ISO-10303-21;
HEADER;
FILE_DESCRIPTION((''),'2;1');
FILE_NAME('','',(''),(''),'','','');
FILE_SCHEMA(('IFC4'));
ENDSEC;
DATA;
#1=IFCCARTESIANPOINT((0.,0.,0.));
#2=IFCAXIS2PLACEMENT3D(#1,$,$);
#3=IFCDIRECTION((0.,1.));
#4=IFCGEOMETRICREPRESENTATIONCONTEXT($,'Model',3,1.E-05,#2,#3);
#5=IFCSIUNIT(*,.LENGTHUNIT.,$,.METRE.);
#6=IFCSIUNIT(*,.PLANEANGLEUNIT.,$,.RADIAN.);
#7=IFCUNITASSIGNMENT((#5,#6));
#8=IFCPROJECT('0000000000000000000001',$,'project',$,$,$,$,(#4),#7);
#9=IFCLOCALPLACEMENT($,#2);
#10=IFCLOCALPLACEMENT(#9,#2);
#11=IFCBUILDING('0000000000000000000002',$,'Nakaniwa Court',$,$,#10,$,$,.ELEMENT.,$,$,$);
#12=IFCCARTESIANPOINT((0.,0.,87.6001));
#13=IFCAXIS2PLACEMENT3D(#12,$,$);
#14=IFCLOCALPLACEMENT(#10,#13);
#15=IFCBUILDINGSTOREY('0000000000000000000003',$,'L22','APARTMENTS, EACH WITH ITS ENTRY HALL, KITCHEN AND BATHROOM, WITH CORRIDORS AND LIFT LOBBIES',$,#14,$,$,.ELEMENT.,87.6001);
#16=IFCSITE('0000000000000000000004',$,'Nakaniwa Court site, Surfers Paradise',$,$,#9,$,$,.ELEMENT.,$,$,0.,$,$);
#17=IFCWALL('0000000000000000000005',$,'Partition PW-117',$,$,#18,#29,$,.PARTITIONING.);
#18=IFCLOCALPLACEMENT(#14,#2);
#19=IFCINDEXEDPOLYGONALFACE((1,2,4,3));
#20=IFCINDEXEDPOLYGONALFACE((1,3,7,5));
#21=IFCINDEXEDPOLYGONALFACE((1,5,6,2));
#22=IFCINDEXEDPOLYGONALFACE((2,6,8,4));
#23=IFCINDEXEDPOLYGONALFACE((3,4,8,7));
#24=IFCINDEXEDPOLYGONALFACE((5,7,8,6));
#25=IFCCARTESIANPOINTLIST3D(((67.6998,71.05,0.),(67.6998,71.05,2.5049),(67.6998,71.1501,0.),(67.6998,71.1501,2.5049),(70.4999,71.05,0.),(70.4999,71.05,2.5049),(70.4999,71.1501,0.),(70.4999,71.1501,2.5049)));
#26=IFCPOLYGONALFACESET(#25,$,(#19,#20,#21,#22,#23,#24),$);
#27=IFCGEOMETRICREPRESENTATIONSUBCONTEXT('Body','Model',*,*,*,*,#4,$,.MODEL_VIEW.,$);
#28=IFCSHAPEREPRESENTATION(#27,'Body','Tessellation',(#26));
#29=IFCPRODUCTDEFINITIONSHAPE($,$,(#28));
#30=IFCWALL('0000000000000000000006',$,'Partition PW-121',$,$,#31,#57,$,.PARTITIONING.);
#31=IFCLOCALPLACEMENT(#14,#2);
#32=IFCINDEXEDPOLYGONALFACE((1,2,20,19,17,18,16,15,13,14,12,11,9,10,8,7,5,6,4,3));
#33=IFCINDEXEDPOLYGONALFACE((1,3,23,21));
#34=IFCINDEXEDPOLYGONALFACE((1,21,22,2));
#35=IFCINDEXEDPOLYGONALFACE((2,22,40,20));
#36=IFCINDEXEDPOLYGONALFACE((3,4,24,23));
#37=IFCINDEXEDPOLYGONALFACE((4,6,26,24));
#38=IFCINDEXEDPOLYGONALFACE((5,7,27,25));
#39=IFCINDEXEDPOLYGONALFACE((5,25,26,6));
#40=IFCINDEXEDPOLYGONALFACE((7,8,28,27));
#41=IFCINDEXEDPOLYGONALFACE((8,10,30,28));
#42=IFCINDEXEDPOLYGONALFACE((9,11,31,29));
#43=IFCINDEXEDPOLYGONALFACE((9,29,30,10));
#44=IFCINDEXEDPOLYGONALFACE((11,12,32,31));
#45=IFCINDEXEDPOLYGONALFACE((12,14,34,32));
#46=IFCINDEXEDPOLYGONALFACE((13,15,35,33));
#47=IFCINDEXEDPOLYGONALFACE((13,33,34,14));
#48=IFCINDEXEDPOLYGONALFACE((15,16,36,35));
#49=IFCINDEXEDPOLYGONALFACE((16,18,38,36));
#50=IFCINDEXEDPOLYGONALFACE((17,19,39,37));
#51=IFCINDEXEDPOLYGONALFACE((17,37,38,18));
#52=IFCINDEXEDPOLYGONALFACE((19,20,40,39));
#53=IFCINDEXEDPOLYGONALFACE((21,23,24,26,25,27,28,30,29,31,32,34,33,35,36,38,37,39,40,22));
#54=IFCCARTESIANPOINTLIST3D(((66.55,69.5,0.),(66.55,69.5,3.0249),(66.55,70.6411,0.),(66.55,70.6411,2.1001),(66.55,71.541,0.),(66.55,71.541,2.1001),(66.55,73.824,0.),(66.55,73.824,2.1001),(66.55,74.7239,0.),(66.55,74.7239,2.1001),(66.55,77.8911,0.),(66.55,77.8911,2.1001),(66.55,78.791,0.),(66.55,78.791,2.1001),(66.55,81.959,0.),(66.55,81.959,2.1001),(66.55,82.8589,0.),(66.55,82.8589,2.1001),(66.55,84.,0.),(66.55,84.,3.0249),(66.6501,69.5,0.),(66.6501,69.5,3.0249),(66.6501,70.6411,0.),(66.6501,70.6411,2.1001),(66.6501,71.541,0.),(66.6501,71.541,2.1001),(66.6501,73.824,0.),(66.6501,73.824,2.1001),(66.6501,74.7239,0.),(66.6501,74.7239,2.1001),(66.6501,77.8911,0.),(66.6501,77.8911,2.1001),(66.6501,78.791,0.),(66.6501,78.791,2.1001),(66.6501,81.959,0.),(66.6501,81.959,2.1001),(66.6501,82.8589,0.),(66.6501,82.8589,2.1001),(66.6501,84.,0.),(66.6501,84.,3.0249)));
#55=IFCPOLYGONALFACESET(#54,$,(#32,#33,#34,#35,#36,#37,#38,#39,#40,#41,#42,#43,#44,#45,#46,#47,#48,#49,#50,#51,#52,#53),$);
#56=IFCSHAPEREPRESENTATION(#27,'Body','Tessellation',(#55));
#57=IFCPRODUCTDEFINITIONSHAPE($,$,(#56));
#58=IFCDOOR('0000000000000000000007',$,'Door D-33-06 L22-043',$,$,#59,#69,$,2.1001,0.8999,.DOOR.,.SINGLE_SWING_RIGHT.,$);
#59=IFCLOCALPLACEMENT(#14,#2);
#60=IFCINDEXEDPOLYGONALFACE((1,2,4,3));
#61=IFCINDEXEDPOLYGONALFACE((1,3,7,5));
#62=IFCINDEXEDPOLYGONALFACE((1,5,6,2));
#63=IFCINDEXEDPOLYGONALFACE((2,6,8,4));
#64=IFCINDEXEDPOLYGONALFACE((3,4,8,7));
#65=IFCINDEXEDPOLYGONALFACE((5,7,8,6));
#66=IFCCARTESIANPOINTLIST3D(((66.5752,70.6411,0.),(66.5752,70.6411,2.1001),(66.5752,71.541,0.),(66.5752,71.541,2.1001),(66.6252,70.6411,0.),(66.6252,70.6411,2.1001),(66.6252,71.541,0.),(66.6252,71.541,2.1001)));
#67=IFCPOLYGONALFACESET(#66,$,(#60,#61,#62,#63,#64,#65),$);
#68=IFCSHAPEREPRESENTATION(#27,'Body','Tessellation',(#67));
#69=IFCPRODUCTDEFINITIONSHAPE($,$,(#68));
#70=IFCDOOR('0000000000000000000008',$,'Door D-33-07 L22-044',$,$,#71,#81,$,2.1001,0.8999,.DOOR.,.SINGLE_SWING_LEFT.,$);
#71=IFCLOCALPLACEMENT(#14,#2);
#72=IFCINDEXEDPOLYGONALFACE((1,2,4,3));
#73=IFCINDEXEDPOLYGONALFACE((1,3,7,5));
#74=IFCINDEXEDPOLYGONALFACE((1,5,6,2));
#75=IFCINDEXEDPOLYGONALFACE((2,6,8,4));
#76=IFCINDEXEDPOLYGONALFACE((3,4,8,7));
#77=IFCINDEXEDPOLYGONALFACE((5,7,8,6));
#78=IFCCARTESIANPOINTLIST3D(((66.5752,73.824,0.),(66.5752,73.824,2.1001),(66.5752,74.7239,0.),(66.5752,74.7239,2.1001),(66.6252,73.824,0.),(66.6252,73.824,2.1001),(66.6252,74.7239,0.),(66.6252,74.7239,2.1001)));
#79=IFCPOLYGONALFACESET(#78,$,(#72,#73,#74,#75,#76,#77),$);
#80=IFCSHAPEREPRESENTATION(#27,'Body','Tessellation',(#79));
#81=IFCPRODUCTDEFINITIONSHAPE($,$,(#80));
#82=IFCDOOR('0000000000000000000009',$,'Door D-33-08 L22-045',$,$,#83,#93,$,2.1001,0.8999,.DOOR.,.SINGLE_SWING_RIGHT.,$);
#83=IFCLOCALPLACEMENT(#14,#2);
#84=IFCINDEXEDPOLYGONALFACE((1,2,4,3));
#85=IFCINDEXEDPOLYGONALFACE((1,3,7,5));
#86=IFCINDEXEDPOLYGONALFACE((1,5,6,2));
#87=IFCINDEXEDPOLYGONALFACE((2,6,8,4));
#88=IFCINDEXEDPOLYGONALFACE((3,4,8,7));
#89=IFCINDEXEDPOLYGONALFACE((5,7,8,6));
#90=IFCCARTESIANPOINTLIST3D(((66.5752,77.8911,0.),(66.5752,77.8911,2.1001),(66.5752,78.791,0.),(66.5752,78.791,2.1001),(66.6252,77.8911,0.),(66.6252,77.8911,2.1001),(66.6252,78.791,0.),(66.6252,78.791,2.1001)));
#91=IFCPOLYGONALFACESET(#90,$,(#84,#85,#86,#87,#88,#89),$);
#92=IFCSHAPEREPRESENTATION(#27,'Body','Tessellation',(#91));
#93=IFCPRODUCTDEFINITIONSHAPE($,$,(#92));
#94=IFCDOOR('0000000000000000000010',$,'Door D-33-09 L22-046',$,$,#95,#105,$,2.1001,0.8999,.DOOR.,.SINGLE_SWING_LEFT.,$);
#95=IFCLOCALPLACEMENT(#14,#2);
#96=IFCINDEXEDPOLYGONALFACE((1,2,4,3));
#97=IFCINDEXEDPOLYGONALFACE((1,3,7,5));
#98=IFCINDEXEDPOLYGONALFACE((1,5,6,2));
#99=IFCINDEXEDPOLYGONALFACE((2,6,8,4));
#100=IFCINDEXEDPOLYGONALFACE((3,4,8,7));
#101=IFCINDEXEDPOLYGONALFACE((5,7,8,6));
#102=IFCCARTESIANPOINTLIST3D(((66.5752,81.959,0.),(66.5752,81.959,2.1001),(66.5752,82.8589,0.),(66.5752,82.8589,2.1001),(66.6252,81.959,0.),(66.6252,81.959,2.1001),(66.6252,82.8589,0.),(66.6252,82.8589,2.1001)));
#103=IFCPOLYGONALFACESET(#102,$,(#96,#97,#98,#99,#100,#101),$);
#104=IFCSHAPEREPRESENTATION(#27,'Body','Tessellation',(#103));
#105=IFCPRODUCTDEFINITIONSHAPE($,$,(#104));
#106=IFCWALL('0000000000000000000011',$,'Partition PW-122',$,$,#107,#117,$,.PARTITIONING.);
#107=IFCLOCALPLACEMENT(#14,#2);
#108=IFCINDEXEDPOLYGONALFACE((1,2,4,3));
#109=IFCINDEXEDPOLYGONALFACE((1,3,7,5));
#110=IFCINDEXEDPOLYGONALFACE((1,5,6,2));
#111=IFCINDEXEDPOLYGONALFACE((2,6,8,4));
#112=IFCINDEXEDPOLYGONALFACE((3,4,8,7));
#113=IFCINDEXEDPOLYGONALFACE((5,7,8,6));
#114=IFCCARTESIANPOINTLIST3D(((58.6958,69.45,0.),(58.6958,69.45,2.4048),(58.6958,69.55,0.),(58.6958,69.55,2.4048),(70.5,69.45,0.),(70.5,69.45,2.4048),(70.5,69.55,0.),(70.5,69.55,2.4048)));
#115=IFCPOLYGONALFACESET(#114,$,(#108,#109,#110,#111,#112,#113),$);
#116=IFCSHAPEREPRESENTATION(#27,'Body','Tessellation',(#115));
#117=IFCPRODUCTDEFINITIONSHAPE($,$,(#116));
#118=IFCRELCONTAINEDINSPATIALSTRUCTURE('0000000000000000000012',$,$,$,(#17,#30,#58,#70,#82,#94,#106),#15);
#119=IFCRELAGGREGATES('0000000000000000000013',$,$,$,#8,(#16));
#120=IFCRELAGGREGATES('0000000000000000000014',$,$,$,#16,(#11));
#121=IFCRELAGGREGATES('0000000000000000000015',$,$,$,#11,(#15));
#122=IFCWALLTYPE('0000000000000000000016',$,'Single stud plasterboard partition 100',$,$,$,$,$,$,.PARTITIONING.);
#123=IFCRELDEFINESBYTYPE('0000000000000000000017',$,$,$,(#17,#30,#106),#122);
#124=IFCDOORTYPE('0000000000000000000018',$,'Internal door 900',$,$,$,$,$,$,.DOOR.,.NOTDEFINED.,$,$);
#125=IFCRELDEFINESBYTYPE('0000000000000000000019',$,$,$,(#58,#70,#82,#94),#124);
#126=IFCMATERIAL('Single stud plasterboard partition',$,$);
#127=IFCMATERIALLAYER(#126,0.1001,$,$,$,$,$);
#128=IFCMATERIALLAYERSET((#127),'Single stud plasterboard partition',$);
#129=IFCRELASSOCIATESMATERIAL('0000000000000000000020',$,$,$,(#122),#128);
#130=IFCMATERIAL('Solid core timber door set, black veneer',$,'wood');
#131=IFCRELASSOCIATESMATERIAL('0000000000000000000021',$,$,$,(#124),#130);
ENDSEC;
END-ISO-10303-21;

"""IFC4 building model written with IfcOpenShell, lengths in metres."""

from ifc_helpers import new_model, si_unit, direction, frame, frame_2d, origin, place, context, subcontext, project, spatial, rectangle, extrude, material, layer, layer_set, type_object, element, fill, save


model = new_model("IFC4")

# Units and contexts
model_context = context("Model", 3, precision=1e-05, world=origin(), true_north=direction((0.0, 1.0)))
body_context = subcontext(model_context, "Body", "Model", "MODEL_VIEW")
ifc_project = project(units=[si_unit("LENGTHUNIT", "METRE"), si_unit("PLANEANGLEUNIT", "RADIAN")], contexts=[model_context])

# Site, building, storey
site_placement = place(None, origin())
site = spatial("IfcSite", under=ifc_project, at=site_placement, Name="Nakaniwa Court site, Surfers Paradise", CompositionType="ELEMENT", RefElevation=0.0)
building_placement = place(site_placement, origin())
building = spatial("IfcBuilding", under=site, at=building_placement, Name="Nakaniwa Court", CompositionType="ELEMENT")
storey_placement = place(building_placement, frame((0.0, 0.0, 87.6001)))
storey = spatial("IfcBuildingStorey", under=building, at=storey_placement, Name="L22", Description="APARTMENTS, EACH WITH ITS ENTRY HALL, KITCHEN AND BATHROOM, WITH CORRIDORS AND LIFT LOBBIES", CompositionType="ELEMENT", Elevation=87.6001)

# Shared definitions
ifc_material_1 = material(Name="Solid core timber door set, black veneer", Category="wood")

# Wall
ifc_material_2 = material(Name="Single stud plasterboard partition")
ifc_layer_1 = layer(ifc_material_2, 0.1001)
ifc_layer_set_1 = layer_set([ifc_layer_1], Name="Single stud plasterboard partition")
wall_type_1 = type_object("IfcWallType", Name="Single stud plasterboard partition 100", PredefinedType="PARTITIONING", material=ifc_layer_set_1)
wall_1_placement = place(storey_placement, frame((67.7, 71.1001, 0.0), z_axis=(0.0, 0.0, 1.0), x_axis=(1.0, 0.0, 0.0)))
element("IfcWall", 1, at=wall_1_placement, inside=storey, type_object=wall_type_1, Name="Partition PW-117", PredefinedType="PARTITIONING", context=body_context, shape_type="SweptSolid", body=[
    extrude(rectangle(XDim=2.8, YDim=0.1001, at=frame_2d((1.3999, 0.0))), origin(), (0.0, 0.0, 1.0), 2.5049),
])

# Wall, openings, doors
wall_2_placement = place(storey_placement, frame((66.6001, 69.5, 0.0), z_axis=(0.0, 0.0, 1.0), x_axis=(0.0, 1.0, 0.0)))
wall_2 = element("IfcWall", 2, at=wall_2_placement, inside=storey, type_object=wall_type_1, Name="Partition PW-121", PredefinedType="PARTITIONING", context=body_context, shape_type="SweptSolid", body=[
    extrude(rectangle(XDim=14.5, YDim=0.1001, at=frame_2d((7.25, 0.0))), origin(), (0.0, 0.0, 1.0), 3.0249),
])
opening_1_placement = place(wall_2_placement, frame((1.1411, 0.0, 0.0)))
opening_1 = element("IfcOpeningElement", 3, at=opening_1_placement, cuts=wall_2, PredefinedType="OPENING", context=body_context, shape_type="SweptSolid", body=[
    extrude(rectangle(XDim=0.8999, YDim=2.1001, at=frame_2d((0.45, 1.05))), frame((0.0, 0.0601, 0.0), z_axis=(0.0, -1.0, 0.0), x_axis=(1.0, 0.0, 0.0)), (0.0, 0.0, 1.0), 0.1201),
])
opening_2_placement = place(wall_2_placement, frame((4.324, 0.0, 0.0)))
opening_2 = element("IfcOpeningElement", 4, at=opening_2_placement, cuts=wall_2, PredefinedType="OPENING", context=body_context, shape_type="SweptSolid", body=[
    extrude(rectangle(XDim=0.8999, YDim=2.1001, at=frame_2d((0.45, 1.05))), frame((0.0, 0.0601, 0.0), z_axis=(0.0, -1.0, 0.0), x_axis=(1.0, 0.0, 0.0)), (0.0, 0.0, 1.0), 0.1201),
])
opening_3_placement = place(wall_2_placement, frame((8.3911, 0.0, 0.0)))
opening_3 = element("IfcOpeningElement", 5, at=opening_3_placement, cuts=wall_2, PredefinedType="OPENING", context=body_context, shape_type="SweptSolid", body=[
    extrude(rectangle(XDim=0.8999, YDim=2.1001, at=frame_2d((0.45, 1.05))), frame((0.0, 0.0601, 0.0), z_axis=(0.0, -1.0, 0.0), x_axis=(1.0, 0.0, 0.0)), (0.0, 0.0, 1.0), 0.1201),
])
opening_4_placement = place(wall_2_placement, frame((12.459, 0.0, 0.0)))
opening_4 = element("IfcOpeningElement", 6, at=opening_4_placement, cuts=wall_2, PredefinedType="OPENING", context=body_context, shape_type="SweptSolid", body=[
    extrude(rectangle(XDim=0.8999, YDim=2.1001, at=frame_2d((0.45, 1.05))), frame((0.0, 0.0601, 0.0), z_axis=(0.0, -1.0, 0.0), x_axis=(1.0, 0.0, 0.0)), (0.0, 0.0, 1.0), 0.1201),
])
door_type_1 = type_object("IfcDoorType", Name="Internal door 900", OperationType="NOTDEFINED", PredefinedType="DOOR", material=ifc_material_1)
door_1_placement = place(opening_1_placement, origin())
door_1 = element("IfcDoor", 7, at=door_1_placement, inside=storey, type_object=door_type_1, Name="Door D-33-06 L22-043", OperationType="SINGLE_SWING_RIGHT", OverallHeight=2.1001, OverallWidth=0.8999, PredefinedType="DOOR", context=body_context, shape_type="SweptSolid", body=[
    extrude(rectangle(XDim=0.8999, YDim=2.1001, at=frame_2d((0.45, 1.05))), frame((0.0, 0.0249, 0.0), z_axis=(0.0, -1.0, 0.0), x_axis=(1.0, 0.0, 0.0)), (0.0, 0.0, 1.0), 0.05),
])
fill(opening_1, door_1)
door_2_placement = place(opening_2_placement, origin())
door_2 = element("IfcDoor", 8, at=door_2_placement, inside=storey, type_object=door_type_1, Name="Door D-33-07 L22-044", OperationType="SINGLE_SWING_LEFT", OverallHeight=2.1001, OverallWidth=0.8999, PredefinedType="DOOR", context=body_context, shape_type="SweptSolid", body=[
    extrude(rectangle(XDim=0.8999, YDim=2.1001, at=frame_2d((0.45, 1.05))), frame((0.0, 0.0249, 0.0), z_axis=(0.0, -1.0, 0.0), x_axis=(1.0, 0.0, 0.0)), (0.0, 0.0, 1.0), 0.05),
])
fill(opening_2, door_2)
door_3_placement = place(opening_3_placement, origin())
door_3 = element("IfcDoor", 9, at=door_3_placement, inside=storey, type_object=door_type_1, Name="Door D-33-08 L22-045", OperationType="SINGLE_SWING_RIGHT", OverallHeight=2.1001, OverallWidth=0.8999, PredefinedType="DOOR", context=body_context, shape_type="SweptSolid", body=[
    extrude(rectangle(XDim=0.8999, YDim=2.1001, at=frame_2d((0.45, 1.05))), frame((0.0, 0.0249, 0.0), z_axis=(0.0, -1.0, 0.0), x_axis=(1.0, 0.0, 0.0)), (0.0, 0.0, 1.0), 0.05),
])
fill(opening_3, door_3)
door_4_placement = place(opening_4_placement, origin())
door_4 = element("IfcDoor", 10, at=door_4_placement, inside=storey, type_object=door_type_1, Name="Door D-33-09 L22-046", OperationType="SINGLE_SWING_LEFT", OverallHeight=2.1001, OverallWidth=0.8999, PredefinedType="DOOR", context=body_context, shape_type="SweptSolid", body=[
    extrude(rectangle(XDim=0.8999, YDim=2.1001, at=frame_2d((0.45, 1.05))), frame((0.0, 0.0249, 0.0), z_axis=(0.0, -1.0, 0.0), x_axis=(1.0, 0.0, 0.0)), (0.0, 0.0, 1.0), 0.05),
])
fill(opening_4, door_4)

# Wall
wall_3_placement = place(storey_placement, frame((58.6958, 69.5, 0.0), z_axis=(0.0, 0.0, 1.0), x_axis=(1.0, 0.0, 0.0)))
element("IfcWall", 11, at=wall_3_placement, inside=storey, type_object=wall_type_1, Name="Partition PW-122", PredefinedType="PARTITIONING", context=body_context, shape_type="SweptSolid", body=[
    extrude(rectangle(XDim=11.8042, YDim=0.1001, at=frame_2d((5.9021, 0.0))), origin(), (0.0, 0.0, 1.0), 2.4048),
])

save(model, "model.ifc")
